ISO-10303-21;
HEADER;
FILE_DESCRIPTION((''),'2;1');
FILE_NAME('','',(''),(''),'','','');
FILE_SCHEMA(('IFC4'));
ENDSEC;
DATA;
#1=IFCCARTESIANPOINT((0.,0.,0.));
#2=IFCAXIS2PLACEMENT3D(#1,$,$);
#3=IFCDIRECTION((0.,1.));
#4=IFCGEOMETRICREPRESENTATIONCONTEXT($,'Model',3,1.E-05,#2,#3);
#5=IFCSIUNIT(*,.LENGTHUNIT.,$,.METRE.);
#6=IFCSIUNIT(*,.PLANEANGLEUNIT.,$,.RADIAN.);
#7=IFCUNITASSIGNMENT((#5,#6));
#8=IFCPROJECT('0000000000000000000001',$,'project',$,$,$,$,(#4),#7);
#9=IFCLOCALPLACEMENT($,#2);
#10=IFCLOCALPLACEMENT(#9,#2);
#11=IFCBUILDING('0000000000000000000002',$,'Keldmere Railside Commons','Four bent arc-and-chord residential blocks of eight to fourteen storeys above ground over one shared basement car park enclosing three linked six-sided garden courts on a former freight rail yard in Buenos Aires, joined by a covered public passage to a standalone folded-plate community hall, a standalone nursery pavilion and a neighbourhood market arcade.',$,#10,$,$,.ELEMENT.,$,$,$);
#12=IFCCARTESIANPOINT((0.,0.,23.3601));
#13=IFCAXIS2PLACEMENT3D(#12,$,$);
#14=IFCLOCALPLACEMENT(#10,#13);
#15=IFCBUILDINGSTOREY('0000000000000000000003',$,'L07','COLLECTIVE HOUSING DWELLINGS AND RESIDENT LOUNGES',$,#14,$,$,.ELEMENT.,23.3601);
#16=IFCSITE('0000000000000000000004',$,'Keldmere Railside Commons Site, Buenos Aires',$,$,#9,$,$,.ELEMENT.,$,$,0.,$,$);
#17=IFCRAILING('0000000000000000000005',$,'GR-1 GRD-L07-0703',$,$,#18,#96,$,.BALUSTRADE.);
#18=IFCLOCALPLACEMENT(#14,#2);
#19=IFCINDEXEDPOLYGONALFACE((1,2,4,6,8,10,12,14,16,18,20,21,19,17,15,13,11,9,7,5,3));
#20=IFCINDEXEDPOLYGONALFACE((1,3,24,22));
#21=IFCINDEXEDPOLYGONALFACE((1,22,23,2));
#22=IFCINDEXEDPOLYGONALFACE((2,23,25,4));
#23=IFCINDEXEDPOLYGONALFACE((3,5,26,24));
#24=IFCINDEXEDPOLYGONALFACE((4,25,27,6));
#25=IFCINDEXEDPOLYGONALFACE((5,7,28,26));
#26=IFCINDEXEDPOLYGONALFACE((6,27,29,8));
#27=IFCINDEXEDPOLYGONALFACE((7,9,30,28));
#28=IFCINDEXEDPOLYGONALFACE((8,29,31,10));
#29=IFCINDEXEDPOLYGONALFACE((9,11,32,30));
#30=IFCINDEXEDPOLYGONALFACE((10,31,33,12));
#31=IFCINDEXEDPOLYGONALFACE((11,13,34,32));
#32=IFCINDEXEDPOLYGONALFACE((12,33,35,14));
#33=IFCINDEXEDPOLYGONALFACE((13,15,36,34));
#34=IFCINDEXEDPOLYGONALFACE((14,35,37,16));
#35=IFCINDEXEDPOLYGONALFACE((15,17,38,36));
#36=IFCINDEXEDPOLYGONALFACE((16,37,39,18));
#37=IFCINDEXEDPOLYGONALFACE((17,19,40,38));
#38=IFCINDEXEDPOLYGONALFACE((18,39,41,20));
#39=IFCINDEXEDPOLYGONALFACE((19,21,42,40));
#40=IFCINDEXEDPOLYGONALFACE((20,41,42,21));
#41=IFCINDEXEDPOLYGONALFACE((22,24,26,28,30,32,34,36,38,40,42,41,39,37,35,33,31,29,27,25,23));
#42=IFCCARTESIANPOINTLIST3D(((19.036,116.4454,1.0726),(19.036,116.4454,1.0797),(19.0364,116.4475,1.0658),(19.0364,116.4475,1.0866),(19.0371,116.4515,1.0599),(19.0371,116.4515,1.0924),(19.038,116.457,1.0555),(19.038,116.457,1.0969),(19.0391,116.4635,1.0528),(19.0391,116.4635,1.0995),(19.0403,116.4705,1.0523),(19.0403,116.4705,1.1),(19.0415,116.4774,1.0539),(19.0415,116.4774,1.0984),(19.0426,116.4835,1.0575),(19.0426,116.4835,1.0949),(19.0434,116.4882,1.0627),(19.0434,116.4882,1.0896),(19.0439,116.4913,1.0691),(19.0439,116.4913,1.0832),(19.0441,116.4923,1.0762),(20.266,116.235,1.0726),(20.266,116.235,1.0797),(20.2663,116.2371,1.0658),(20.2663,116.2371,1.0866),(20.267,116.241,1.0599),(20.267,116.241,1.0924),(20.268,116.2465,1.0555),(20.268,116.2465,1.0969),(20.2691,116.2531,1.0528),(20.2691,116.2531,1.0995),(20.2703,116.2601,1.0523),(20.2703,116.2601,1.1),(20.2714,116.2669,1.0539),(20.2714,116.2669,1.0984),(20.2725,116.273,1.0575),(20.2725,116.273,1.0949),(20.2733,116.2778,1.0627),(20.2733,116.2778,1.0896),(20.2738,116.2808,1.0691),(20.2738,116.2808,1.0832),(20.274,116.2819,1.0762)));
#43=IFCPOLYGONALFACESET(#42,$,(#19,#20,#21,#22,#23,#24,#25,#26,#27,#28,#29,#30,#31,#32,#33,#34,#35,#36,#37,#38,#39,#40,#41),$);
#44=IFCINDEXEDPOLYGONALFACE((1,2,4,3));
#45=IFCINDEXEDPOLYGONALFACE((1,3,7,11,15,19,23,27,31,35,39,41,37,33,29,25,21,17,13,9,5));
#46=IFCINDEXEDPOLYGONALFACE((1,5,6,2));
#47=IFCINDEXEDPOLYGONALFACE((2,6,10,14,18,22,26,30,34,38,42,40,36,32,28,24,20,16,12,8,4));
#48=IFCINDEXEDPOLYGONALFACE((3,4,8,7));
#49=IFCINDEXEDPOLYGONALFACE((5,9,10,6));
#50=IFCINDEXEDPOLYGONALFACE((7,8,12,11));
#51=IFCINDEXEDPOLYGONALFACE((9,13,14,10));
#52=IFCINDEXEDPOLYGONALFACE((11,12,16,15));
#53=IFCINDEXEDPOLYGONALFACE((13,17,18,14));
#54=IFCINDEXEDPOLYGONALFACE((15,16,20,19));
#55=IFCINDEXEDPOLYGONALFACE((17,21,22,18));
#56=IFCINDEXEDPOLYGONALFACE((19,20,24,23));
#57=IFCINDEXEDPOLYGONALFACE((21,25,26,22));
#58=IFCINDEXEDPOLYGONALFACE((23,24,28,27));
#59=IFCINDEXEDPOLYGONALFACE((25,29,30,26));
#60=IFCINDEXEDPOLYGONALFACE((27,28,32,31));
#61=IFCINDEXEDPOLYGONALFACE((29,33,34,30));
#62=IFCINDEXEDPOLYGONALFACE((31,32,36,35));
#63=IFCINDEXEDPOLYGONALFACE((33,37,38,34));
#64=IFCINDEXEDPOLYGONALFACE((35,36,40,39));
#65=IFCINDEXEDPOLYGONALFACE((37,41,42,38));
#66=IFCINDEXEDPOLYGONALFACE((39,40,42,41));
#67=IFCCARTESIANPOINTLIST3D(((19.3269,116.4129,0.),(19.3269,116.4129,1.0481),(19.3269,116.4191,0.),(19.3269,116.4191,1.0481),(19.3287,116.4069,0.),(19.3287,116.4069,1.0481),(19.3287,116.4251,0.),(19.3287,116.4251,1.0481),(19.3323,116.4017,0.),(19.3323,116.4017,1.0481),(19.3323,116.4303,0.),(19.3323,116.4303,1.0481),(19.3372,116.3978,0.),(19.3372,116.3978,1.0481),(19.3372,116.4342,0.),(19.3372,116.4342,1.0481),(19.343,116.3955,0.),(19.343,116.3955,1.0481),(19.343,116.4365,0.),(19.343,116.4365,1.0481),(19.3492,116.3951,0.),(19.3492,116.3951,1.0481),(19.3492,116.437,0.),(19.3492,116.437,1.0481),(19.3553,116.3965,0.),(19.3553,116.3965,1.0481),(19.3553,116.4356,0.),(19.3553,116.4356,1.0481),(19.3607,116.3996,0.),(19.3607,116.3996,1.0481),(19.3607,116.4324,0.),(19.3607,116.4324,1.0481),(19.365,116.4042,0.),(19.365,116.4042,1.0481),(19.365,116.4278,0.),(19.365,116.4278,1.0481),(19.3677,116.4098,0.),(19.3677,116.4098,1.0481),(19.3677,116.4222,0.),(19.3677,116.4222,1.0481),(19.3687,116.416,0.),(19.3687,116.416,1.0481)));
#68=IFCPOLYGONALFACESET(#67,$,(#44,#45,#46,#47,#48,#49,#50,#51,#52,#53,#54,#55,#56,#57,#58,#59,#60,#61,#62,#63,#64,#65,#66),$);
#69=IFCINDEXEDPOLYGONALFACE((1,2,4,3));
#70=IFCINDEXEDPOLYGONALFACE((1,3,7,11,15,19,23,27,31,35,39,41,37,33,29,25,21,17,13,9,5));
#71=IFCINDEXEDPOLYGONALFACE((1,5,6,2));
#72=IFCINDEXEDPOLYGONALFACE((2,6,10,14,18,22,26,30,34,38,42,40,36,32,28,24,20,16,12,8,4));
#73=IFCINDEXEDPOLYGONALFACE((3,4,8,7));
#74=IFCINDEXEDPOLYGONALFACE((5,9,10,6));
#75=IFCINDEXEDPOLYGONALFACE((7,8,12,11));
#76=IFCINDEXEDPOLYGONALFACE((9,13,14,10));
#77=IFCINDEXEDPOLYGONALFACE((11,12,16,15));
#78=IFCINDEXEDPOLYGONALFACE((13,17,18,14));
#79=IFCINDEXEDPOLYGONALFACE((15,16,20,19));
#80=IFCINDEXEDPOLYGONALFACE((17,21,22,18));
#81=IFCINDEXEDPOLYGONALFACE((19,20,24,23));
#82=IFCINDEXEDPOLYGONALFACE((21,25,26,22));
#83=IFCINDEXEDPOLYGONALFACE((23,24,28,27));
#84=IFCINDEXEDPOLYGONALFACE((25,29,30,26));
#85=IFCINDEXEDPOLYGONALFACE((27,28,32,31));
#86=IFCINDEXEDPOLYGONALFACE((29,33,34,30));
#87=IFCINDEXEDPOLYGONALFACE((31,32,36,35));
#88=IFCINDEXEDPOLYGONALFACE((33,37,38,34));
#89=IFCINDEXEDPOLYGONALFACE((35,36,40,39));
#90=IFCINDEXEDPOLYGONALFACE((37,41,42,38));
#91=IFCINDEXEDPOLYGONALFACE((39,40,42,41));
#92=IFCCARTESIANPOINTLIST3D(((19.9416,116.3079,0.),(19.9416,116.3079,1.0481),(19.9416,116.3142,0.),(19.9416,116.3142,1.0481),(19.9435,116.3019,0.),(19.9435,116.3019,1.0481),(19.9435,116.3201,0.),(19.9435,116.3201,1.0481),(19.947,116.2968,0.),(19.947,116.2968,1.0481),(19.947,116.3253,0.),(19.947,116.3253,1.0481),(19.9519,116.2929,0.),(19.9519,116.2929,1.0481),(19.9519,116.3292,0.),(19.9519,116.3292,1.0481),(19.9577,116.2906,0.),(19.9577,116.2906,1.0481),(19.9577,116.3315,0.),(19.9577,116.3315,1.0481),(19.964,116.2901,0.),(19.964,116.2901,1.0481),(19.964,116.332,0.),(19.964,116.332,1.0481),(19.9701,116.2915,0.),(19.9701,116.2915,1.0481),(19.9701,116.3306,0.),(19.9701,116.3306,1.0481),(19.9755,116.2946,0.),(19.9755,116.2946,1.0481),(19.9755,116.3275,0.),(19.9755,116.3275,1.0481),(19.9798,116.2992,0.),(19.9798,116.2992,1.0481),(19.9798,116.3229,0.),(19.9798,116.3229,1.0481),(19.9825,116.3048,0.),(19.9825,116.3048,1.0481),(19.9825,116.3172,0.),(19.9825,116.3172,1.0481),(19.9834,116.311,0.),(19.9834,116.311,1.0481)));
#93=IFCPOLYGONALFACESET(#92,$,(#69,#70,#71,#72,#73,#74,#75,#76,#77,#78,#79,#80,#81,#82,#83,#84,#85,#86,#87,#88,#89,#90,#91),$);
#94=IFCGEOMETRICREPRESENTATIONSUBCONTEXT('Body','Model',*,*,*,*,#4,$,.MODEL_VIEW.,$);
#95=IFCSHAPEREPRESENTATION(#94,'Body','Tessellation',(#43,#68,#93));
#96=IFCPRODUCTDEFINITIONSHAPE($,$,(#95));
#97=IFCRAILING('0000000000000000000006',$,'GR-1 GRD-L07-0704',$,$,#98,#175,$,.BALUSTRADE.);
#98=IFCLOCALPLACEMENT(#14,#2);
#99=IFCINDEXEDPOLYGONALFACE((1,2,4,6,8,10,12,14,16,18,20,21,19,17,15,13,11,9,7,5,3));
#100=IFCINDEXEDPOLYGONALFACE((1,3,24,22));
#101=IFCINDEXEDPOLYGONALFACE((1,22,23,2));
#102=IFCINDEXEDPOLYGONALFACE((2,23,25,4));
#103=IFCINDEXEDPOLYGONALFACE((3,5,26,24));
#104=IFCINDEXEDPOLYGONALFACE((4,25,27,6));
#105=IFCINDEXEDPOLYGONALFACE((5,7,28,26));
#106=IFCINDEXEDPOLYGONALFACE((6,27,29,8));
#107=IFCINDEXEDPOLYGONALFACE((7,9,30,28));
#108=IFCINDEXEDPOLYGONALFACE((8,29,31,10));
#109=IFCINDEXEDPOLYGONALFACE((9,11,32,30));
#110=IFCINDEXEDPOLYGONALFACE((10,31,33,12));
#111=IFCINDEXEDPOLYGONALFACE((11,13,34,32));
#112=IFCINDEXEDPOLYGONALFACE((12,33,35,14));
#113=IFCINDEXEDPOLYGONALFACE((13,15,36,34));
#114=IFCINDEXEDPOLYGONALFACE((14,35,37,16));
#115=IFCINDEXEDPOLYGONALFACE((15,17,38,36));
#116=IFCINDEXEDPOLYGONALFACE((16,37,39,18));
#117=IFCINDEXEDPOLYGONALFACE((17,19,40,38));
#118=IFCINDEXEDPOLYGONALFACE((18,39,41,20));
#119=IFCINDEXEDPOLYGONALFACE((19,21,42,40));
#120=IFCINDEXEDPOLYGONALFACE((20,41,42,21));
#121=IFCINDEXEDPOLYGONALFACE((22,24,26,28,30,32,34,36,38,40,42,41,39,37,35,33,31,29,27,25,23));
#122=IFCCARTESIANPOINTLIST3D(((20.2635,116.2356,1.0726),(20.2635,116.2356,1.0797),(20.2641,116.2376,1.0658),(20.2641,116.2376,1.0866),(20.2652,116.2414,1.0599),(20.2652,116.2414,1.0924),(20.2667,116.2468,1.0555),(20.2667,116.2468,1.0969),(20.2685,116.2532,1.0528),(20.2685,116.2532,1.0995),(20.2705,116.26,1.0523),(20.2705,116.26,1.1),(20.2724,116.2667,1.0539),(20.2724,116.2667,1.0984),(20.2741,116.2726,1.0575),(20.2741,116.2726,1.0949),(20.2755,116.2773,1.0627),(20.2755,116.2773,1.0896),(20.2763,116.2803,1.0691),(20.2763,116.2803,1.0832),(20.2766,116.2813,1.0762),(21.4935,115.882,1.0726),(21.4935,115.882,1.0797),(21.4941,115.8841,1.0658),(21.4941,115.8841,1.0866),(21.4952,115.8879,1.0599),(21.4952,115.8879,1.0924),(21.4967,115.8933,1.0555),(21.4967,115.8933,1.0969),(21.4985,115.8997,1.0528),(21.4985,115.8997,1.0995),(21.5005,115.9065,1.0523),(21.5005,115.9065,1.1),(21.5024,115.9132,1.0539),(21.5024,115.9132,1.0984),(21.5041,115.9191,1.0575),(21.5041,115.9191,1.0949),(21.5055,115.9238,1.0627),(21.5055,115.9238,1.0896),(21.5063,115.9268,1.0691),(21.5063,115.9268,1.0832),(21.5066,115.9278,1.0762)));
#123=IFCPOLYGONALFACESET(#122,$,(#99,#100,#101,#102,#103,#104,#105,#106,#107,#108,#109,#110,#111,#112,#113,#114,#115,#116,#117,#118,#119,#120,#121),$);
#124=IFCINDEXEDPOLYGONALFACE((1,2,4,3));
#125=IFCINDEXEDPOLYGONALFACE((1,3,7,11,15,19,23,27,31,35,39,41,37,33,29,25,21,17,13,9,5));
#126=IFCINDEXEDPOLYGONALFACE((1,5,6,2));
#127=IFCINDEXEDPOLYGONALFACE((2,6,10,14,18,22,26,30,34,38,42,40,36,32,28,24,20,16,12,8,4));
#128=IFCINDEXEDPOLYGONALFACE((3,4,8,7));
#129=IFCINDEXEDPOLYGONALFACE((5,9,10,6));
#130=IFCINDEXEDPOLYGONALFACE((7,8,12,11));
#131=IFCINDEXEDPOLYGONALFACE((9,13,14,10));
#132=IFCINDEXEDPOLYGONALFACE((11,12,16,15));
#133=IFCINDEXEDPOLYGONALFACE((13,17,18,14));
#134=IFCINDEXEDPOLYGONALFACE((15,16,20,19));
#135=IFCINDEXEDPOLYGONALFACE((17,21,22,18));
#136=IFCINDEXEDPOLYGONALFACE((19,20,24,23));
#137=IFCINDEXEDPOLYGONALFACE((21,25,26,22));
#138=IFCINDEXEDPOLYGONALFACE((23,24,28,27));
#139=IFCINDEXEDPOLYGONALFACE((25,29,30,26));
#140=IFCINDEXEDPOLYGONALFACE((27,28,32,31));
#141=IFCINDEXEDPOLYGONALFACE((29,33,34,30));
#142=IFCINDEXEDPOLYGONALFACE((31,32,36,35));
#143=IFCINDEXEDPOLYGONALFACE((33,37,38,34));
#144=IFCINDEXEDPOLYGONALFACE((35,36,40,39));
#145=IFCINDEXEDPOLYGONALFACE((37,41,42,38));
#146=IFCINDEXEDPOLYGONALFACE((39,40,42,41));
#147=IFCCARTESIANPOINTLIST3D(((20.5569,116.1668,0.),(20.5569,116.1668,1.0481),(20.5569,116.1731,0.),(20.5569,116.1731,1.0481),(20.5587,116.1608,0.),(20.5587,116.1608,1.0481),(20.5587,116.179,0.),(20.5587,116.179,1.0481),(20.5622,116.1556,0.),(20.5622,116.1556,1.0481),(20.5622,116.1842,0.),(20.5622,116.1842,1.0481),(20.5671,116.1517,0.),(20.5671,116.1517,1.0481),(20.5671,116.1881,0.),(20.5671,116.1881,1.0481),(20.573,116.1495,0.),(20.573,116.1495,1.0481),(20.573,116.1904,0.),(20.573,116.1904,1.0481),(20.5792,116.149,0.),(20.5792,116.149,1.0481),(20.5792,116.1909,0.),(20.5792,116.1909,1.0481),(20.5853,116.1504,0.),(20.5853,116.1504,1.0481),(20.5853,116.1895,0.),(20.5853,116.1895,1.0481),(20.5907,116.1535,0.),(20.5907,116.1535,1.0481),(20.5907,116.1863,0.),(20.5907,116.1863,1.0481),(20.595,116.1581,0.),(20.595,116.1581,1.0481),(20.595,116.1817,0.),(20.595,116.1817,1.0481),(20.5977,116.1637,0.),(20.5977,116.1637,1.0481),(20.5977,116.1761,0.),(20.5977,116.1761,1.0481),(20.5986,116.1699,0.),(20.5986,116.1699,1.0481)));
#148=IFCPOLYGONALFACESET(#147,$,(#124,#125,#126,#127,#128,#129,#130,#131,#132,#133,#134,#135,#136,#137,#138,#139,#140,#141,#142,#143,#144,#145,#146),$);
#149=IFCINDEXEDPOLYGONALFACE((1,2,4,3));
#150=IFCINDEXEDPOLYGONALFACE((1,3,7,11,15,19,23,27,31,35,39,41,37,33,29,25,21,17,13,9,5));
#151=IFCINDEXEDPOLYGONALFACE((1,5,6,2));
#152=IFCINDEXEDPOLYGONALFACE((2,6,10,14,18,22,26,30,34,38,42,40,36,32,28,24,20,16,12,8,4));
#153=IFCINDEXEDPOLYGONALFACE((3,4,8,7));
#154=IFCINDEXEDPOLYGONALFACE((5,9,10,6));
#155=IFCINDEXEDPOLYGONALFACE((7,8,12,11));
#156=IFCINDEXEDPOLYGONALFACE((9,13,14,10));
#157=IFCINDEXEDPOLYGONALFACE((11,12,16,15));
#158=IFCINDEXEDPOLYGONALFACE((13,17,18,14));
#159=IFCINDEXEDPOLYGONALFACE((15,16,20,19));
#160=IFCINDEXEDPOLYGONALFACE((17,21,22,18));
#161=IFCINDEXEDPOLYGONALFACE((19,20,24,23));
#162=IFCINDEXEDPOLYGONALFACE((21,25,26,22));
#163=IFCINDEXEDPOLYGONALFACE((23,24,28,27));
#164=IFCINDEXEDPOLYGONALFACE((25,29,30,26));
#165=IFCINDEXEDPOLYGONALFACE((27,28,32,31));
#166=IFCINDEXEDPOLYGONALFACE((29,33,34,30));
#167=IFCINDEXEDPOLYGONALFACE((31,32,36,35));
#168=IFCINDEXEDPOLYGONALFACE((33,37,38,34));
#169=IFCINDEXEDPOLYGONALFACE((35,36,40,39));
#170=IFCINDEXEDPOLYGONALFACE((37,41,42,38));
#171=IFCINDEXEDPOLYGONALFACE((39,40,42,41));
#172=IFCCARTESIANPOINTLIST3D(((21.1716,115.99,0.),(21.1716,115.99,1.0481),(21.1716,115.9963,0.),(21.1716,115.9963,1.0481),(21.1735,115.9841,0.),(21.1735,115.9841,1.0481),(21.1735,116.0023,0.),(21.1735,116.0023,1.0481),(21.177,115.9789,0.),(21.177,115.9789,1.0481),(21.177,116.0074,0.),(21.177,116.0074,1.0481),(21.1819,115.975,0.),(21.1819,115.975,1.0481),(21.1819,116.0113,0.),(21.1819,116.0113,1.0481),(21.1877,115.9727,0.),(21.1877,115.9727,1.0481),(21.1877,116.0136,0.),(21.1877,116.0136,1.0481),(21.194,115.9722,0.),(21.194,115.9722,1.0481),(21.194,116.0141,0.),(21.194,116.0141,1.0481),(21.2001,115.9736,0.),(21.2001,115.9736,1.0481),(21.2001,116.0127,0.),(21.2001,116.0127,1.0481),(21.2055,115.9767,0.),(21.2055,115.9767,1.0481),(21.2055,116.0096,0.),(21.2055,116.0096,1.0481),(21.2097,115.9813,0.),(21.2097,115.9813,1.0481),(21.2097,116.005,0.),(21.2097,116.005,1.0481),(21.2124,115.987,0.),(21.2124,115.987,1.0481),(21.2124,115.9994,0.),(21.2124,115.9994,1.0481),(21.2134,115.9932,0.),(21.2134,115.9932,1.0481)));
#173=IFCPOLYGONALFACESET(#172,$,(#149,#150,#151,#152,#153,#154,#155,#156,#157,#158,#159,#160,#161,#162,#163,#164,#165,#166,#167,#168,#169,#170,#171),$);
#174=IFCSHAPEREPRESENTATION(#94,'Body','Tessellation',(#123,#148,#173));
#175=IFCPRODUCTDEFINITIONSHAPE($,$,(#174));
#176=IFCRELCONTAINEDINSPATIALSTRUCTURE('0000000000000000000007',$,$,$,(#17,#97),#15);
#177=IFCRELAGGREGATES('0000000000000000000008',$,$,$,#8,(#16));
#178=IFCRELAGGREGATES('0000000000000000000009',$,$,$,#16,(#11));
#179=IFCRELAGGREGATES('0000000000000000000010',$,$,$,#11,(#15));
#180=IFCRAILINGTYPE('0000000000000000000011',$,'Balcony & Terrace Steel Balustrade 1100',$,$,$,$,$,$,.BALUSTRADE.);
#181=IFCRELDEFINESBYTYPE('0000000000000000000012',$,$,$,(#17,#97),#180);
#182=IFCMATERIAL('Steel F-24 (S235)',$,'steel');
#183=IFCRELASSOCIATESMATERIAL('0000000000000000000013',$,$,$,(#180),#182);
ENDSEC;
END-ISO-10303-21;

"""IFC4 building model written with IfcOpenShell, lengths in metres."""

from ifc_helpers import new_model, si_unit, direction, frame, origin, origin_2d, place, context, subcontext, project, spatial, circle, extrude, material, type_object, element, save


model = new_model("IFC4")

# Units and contexts
model_context = context("Model", 3, precision=1e-05, world=origin(), true_north=direction((0.0, 1.0)))
body_context = subcontext(model_context, "Body", "Model", "MODEL_VIEW")
ifc_project = project(units=[si_unit("LENGTHUNIT", "METRE"), si_unit("PLANEANGLEUNIT", "RADIAN")], contexts=[model_context])

# Site, building, storey
site_placement = place(None, origin())
site = spatial("IfcSite", under=ifc_project, at=site_placement, Name="Keldmere Railside Commons Site, Buenos Aires", CompositionType="ELEMENT", RefElevation=0.0)
building_placement = place(site_placement, origin())
building = spatial("IfcBuilding", under=site, at=building_placement, Name="Keldmere Railside Commons", Description="Four bent arc-and-chord residential blocks of eight to fourteen storeys above ground over one shared basement car park enclosing three linked six-sided garden courts on a former freight rail yard in Buenos Aires, joined by a covered public passage to a standalone folded-plate community hall, a standalone nursery pavilion and a neighbourhood market arcade.", CompositionType="ELEMENT")
storey_placement = place(building_placement, frame((0.0, 0.0, 23.3601)))
storey = spatial("IfcBuildingStorey", under=building, at=storey_placement, Name="L07", Description="COLLECTIVE HOUSING DWELLINGS AND RESIDENT LOUNGES", CompositionType="ELEMENT", Elevation=23.3601)

# Railings
ifc_material_1 = material(Name="Steel F-24 (S235)", Category="steel")
railing_type_1 = type_object("IfcRailingType", Name="Balcony & Terrace Steel Balustrade 1100", PredefinedType="BALUSTRADE", material=ifc_material_1)
railing_1_placement = place(storey_placement, frame((19.04, 116.4688, 0.0)))
element("IfcRailing", 1, at=railing_1_placement, inside=storey, type_object=railing_type_1, Name="GR-1 GRD-L07-0703", PredefinedType="BALUSTRADE", context=body_context, shape_type="SweptSolid", body=[
    extrude(circle(Radius=0.0239, at=origin_2d()), frame((0.0, 0.0, 1.0762), z_axis=(0.985676, -0.168649, 0.0), x_axis=(0.168649, 0.985676, 0.0)), (0.0, 0.0, 1.0), 1.2478),
    extrude(circle(Radius=0.021, at=origin_2d()), frame((0.3076, -0.0527, 0.0)), (0.0, 0.0, 1.0), 1.0481),
    extrude(circle(Radius=0.021, at=origin_2d()), frame((0.9224, -0.1577, 0.0)), (0.0, 0.0, 1.0), 1.0481),
])
railing_2_placement = place(storey_placement, frame((20.27, 116.2583, 0.0)))
element("IfcRailing", 2, at=railing_2_placement, inside=storey, type_object=railing_type_1, Name="GR-1 GRD-L07-0704", PredefinedType="BALUSTRADE", context=body_context, shape_type="SweptSolid", body=[
    extrude(circle(Radius=0.0239, at=origin_2d()), frame((0.0, 0.0, 1.0762), z_axis=(0.961091, -0.276233, 0.0), x_axis=(0.276233, 0.961091, 0.0)), (0.0, 0.0, 1.0), 1.2798),
    extrude(circle(Radius=0.021, at=origin_2d()), frame((0.3076, -0.0884, 0.0)), (0.0, 0.0, 1.0), 1.0481),
    extrude(circle(Radius=0.021, at=origin_2d()), frame((0.9224, -0.2651, 0.0)), (0.0, 0.0, 1.0), 1.0481),
])

save(model, "model.ifc")
